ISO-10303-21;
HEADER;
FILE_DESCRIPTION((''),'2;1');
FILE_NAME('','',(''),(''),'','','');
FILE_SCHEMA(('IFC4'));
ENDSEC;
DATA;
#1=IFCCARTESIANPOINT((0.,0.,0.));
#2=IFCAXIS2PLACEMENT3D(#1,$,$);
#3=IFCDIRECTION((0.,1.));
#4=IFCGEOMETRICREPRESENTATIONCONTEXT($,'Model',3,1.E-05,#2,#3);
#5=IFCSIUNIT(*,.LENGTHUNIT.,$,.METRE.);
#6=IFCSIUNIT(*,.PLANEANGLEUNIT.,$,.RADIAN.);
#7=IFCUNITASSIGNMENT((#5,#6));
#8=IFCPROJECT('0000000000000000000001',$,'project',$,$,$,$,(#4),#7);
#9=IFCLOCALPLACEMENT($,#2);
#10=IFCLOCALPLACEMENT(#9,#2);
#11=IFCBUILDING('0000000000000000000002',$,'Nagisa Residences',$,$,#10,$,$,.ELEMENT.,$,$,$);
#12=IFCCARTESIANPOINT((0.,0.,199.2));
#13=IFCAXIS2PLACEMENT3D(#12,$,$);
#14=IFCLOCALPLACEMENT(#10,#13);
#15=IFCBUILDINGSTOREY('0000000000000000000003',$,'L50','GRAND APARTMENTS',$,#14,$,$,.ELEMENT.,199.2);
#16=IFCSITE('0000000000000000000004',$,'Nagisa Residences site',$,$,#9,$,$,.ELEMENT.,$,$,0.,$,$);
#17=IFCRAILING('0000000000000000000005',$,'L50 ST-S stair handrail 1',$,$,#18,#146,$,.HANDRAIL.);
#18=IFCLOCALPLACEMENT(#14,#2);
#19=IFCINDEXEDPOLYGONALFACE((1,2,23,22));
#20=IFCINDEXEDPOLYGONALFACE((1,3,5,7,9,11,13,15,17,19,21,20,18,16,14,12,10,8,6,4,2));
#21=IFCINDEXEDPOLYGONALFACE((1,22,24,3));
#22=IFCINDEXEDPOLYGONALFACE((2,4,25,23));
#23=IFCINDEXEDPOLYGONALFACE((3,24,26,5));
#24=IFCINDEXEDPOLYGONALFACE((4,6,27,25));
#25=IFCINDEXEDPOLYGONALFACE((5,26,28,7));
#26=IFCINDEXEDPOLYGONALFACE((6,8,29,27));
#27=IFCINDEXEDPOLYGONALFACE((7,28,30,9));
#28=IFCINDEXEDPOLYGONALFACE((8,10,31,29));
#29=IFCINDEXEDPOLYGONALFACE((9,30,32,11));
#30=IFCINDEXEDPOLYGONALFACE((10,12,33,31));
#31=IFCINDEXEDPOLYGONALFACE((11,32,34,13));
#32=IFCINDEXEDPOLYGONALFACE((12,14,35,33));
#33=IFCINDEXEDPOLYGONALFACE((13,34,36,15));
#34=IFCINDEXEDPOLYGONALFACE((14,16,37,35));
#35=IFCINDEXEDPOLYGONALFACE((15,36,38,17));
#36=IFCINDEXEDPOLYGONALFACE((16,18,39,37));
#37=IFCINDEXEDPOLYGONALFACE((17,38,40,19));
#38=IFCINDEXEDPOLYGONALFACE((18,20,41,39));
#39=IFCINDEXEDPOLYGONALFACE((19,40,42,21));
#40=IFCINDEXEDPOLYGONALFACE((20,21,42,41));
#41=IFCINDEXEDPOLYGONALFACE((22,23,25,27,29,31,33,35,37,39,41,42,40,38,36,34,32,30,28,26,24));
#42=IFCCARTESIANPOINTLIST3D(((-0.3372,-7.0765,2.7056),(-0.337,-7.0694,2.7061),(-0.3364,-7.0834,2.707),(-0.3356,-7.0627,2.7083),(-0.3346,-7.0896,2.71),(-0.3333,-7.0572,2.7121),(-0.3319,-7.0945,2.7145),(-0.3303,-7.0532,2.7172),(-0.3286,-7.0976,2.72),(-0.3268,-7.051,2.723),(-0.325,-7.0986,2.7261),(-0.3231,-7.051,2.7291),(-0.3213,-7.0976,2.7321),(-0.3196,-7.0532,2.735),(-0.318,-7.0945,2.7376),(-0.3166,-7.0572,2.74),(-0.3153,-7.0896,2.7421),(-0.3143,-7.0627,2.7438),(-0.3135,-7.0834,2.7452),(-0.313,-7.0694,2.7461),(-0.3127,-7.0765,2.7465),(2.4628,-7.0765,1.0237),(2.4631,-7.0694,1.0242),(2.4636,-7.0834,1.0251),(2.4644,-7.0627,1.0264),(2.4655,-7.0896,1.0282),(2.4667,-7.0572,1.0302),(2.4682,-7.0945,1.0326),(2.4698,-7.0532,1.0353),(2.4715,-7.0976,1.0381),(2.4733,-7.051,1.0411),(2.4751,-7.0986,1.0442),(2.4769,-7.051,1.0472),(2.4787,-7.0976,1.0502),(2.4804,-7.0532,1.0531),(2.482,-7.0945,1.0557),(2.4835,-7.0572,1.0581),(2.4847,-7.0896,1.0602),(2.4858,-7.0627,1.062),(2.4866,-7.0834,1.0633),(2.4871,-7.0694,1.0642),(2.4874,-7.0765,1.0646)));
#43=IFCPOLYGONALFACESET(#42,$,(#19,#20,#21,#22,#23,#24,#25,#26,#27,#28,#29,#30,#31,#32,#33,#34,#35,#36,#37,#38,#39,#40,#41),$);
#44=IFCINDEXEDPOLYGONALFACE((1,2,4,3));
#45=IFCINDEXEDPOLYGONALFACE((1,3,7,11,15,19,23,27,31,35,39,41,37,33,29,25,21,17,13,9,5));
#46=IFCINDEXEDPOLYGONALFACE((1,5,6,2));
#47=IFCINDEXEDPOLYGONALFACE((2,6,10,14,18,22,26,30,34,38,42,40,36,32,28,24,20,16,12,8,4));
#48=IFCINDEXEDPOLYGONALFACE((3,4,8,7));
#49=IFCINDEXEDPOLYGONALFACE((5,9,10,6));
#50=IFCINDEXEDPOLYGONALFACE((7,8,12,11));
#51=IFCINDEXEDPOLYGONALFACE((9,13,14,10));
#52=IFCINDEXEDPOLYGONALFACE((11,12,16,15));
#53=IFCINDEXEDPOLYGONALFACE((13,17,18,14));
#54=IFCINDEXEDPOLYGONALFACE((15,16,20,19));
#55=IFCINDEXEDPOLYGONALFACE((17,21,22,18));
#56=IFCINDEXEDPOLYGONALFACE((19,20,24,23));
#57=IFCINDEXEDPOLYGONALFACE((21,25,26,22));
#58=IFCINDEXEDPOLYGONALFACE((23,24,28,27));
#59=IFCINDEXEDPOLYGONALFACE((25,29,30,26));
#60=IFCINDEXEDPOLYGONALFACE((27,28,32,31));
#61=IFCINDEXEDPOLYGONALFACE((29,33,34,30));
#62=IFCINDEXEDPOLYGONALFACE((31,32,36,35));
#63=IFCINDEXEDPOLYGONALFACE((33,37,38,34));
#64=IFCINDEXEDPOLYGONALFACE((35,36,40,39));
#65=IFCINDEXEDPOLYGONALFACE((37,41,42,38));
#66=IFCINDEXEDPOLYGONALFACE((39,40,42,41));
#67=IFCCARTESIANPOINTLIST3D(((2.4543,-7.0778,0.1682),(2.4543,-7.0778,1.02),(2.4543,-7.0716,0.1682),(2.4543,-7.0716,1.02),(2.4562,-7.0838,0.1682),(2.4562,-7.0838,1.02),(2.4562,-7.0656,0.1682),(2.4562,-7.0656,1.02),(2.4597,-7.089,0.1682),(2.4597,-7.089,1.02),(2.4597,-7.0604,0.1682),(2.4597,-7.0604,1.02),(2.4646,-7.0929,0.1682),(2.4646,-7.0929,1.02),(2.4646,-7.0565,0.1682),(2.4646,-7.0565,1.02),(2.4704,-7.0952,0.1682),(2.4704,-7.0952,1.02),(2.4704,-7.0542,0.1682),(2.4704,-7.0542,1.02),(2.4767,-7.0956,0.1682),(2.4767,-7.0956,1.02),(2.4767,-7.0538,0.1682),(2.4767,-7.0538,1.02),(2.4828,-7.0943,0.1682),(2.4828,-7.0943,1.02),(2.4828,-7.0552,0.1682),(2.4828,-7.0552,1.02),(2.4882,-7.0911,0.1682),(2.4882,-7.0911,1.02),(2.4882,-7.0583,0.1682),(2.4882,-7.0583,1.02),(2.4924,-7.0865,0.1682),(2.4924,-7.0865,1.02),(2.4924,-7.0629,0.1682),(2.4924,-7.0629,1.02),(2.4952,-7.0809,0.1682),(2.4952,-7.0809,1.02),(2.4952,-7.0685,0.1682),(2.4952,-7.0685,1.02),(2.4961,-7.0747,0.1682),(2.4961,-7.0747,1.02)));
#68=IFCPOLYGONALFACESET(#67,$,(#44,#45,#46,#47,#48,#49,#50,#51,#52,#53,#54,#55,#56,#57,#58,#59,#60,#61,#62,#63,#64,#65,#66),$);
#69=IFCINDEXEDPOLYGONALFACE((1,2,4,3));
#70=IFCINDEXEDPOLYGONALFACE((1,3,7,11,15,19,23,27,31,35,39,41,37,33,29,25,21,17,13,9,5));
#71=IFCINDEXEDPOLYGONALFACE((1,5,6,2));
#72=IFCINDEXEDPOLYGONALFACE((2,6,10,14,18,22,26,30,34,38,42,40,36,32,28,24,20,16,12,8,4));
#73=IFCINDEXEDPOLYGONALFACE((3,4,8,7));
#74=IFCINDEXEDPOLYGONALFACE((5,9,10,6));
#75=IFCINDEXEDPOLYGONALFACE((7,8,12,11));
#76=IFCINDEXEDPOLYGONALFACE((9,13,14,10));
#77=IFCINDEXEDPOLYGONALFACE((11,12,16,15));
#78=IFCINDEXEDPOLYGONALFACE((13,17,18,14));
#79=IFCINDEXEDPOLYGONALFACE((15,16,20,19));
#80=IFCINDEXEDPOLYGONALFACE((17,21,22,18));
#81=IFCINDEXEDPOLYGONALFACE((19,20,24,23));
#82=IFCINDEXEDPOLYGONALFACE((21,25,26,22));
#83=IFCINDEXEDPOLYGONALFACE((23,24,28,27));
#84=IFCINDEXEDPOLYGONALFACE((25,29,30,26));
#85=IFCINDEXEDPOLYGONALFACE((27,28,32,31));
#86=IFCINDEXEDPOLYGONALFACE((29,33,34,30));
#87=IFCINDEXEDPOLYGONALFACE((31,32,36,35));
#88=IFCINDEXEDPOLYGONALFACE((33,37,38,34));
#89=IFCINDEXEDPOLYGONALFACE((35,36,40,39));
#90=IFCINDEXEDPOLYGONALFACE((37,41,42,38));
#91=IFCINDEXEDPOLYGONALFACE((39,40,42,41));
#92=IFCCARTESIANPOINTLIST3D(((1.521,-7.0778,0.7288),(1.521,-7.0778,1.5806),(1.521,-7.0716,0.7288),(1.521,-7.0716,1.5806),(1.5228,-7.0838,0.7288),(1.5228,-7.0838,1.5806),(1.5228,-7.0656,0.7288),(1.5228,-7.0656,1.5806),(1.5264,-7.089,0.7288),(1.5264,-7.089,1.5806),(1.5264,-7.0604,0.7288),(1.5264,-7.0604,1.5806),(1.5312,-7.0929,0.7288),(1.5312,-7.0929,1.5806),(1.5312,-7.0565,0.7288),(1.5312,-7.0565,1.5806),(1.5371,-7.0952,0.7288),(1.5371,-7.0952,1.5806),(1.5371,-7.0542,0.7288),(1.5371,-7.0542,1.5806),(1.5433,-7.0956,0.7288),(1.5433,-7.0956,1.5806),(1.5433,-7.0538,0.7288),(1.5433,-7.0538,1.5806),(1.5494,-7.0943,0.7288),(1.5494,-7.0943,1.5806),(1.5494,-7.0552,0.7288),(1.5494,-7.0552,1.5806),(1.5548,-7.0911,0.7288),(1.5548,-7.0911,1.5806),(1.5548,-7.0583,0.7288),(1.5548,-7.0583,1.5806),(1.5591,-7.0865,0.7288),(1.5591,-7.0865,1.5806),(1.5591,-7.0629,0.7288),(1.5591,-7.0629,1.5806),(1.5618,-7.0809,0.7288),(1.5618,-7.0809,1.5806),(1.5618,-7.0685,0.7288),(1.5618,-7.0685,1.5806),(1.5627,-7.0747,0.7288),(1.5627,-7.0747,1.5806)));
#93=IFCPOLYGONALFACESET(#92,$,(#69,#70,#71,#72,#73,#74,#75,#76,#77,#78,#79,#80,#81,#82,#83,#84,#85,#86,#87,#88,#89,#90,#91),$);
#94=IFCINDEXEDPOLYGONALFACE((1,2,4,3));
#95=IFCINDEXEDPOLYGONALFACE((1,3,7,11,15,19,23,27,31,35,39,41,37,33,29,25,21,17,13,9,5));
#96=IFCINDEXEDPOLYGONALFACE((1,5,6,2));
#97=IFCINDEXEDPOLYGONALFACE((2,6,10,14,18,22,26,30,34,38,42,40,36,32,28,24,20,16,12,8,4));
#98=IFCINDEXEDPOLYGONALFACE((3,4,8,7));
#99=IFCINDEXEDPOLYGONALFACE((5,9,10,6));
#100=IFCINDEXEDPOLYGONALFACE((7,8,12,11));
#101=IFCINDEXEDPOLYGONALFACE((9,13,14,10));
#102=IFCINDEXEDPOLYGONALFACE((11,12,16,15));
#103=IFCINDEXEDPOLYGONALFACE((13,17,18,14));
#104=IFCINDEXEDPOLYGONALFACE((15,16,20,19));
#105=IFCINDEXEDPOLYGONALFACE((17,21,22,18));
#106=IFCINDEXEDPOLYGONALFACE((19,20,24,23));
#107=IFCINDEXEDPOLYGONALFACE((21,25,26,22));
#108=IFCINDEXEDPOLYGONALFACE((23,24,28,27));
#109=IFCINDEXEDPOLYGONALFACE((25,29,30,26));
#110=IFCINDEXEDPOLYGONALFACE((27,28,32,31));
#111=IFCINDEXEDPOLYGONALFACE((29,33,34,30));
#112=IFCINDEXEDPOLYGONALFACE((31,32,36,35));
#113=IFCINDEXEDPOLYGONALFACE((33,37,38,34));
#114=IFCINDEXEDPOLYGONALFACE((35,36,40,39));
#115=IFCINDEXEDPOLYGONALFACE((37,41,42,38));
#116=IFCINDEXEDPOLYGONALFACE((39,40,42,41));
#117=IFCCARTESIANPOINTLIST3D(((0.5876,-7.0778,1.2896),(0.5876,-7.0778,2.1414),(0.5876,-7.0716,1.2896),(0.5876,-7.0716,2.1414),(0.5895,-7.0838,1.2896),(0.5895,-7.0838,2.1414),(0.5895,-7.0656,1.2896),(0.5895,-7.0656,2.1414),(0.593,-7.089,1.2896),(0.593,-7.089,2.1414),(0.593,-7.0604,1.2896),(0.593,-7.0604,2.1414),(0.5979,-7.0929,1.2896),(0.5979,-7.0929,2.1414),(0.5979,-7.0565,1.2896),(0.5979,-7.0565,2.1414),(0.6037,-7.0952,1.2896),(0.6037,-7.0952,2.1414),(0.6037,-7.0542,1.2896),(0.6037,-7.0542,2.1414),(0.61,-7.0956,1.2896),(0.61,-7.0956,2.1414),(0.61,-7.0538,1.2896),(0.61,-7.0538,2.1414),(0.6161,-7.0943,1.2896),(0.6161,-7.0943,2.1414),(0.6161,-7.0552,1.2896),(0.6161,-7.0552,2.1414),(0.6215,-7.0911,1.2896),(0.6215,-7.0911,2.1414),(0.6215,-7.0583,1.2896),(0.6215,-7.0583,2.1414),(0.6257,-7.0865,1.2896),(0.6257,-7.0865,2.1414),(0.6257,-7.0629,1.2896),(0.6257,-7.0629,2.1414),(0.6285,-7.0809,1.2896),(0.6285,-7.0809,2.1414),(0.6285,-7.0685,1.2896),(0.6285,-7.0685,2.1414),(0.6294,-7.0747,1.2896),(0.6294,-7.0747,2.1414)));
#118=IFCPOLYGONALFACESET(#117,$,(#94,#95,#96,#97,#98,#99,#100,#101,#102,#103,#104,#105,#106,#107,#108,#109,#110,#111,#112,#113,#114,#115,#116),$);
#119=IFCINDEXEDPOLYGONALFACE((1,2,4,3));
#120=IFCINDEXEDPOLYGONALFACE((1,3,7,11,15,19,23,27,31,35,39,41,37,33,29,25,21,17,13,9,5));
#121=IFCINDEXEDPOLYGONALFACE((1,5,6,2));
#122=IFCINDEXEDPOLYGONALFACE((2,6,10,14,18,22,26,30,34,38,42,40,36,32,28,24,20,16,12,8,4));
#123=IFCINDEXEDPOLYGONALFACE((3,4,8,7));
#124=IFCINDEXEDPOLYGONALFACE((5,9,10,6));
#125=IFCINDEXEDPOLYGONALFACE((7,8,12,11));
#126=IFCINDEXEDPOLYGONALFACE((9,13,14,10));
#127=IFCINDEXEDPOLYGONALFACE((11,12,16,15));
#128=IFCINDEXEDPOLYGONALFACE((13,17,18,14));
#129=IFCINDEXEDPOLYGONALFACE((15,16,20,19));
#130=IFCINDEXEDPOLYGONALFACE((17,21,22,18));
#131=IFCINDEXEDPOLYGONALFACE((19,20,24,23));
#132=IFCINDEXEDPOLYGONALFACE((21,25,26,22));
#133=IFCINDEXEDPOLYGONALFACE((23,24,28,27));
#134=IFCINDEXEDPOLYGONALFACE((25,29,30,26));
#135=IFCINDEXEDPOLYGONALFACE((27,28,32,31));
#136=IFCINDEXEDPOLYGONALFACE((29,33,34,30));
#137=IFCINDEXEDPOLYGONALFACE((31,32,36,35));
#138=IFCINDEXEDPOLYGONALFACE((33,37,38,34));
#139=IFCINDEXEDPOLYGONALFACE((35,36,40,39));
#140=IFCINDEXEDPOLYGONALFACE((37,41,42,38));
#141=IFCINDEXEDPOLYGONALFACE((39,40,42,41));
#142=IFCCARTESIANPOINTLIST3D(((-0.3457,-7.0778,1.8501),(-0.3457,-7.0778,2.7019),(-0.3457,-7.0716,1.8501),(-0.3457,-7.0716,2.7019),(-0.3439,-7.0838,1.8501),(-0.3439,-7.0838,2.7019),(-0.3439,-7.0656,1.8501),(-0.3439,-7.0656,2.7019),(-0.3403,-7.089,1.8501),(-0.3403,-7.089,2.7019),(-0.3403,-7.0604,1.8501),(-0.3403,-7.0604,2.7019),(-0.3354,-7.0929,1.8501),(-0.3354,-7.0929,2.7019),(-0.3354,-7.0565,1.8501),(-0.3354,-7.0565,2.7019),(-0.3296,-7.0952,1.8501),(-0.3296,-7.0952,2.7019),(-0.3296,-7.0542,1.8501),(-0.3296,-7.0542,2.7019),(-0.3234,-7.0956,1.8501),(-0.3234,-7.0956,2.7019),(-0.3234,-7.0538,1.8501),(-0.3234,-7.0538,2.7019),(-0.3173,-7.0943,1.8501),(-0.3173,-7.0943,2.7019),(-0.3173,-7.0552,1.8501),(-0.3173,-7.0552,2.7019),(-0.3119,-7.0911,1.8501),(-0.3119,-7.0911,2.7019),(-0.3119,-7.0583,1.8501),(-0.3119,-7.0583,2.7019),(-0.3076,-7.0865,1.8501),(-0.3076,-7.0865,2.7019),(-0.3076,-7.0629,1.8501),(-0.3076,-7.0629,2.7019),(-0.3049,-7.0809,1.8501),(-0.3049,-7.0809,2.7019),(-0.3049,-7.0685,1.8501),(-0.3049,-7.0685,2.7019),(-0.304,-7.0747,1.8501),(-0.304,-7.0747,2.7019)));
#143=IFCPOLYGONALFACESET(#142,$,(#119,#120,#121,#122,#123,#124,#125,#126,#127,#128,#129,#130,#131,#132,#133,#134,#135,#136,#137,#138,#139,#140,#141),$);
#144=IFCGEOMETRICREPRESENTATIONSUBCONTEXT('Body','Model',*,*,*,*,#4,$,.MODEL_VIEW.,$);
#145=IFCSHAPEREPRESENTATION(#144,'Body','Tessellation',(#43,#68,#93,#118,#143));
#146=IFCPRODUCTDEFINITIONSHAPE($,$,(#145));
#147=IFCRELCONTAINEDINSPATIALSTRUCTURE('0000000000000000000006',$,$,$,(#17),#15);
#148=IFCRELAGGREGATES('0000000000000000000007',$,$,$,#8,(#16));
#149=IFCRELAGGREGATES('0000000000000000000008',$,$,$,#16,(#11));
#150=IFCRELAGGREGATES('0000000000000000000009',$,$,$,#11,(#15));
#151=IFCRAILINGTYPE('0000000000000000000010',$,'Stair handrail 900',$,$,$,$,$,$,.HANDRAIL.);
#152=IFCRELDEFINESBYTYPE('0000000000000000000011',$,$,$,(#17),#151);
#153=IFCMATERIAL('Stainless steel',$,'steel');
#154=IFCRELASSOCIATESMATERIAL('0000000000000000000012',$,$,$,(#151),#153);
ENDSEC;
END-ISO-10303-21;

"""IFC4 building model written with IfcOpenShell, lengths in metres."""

from ifc_helpers import new_model, si_unit, direction, frame, origin, origin_2d, place, context, subcontext, project, spatial, circle, extrude, material, type_object, element, save


model = new_model("IFC4")

# Units and contexts
model_context = context("Model", 3, precision=1e-05, world=origin(), true_north=direction((0.0, 1.0)))
body_context = subcontext(model_context, "Body", "Model", "MODEL_VIEW")
ifc_project = project(units=[si_unit("LENGTHUNIT", "METRE"), si_unit("PLANEANGLEUNIT", "RADIAN")], contexts=[model_context])

# Site, building, storey
site_placement = place(None, origin())
site = spatial("IfcSite", under=ifc_project, at=site_placement, Name="Nagisa Residences site", CompositionType="ELEMENT", RefElevation=0.0)
building_placement = place(site_placement, origin())
building = spatial("IfcBuilding", under=site, at=building_placement, Name="Nagisa Residences", CompositionType="ELEMENT")
storey_placement = place(building_placement, frame((0.0, 0.0, 199.2)))
storey = spatial("IfcBuildingStorey", under=building, at=storey_placement, Name="L50", Description="GRAND APARTMENTS", CompositionType="ELEMENT", Elevation=199.2)

# Railing
ifc_material_1 = material(Name="Stainless steel", Category="steel")
railing_type_1 = type_object("IfcRailingType", Name="Stair handrail 900", PredefinedType="HANDRAIL", material=ifc_material_1)
railing_1_placement = place(storey_placement, frame((2.4751, -7.0747, 0.1682)))
element("IfcRailing", 1, at=railing_1_placement, inside=storey, type_object=railing_type_1, Name="L50 ST-S stair handrail 1", PredefinedType="HANDRAIL", context=body_context, shape_type="SweptSolid", body=[
    extrude(circle(Radius=0.0239, at=origin_2d()), frame((0.0, 0.0, 0.876), z_axis=(-0.857242, 0.0, 0.514913), x_axis=(0.0, -1.0, 0.0)), (0.0, 0.0, 1.0), 3.2664),
    extrude(circle(Radius=0.021, at=origin_2d()), origin(), (0.0, 0.0, 1.0), 0.8518),
    extrude(circle(Radius=0.021, at=origin_2d()), frame((-0.9333, 0.0, 0.5605)), (0.0, 0.0, 1.0), 0.8518),
    extrude(circle(Radius=0.021, at=origin_2d()), frame((-1.8667, 0.0, 1.1213)), (0.0, 0.0, 1.0), 0.8518),
    extrude(circle(Radius=0.021, at=origin_2d()), frame((-2.8, 0.0, 1.6819)), (0.0, 0.0, 1.0), 0.8518),
])

save(model, "model.ifc")
